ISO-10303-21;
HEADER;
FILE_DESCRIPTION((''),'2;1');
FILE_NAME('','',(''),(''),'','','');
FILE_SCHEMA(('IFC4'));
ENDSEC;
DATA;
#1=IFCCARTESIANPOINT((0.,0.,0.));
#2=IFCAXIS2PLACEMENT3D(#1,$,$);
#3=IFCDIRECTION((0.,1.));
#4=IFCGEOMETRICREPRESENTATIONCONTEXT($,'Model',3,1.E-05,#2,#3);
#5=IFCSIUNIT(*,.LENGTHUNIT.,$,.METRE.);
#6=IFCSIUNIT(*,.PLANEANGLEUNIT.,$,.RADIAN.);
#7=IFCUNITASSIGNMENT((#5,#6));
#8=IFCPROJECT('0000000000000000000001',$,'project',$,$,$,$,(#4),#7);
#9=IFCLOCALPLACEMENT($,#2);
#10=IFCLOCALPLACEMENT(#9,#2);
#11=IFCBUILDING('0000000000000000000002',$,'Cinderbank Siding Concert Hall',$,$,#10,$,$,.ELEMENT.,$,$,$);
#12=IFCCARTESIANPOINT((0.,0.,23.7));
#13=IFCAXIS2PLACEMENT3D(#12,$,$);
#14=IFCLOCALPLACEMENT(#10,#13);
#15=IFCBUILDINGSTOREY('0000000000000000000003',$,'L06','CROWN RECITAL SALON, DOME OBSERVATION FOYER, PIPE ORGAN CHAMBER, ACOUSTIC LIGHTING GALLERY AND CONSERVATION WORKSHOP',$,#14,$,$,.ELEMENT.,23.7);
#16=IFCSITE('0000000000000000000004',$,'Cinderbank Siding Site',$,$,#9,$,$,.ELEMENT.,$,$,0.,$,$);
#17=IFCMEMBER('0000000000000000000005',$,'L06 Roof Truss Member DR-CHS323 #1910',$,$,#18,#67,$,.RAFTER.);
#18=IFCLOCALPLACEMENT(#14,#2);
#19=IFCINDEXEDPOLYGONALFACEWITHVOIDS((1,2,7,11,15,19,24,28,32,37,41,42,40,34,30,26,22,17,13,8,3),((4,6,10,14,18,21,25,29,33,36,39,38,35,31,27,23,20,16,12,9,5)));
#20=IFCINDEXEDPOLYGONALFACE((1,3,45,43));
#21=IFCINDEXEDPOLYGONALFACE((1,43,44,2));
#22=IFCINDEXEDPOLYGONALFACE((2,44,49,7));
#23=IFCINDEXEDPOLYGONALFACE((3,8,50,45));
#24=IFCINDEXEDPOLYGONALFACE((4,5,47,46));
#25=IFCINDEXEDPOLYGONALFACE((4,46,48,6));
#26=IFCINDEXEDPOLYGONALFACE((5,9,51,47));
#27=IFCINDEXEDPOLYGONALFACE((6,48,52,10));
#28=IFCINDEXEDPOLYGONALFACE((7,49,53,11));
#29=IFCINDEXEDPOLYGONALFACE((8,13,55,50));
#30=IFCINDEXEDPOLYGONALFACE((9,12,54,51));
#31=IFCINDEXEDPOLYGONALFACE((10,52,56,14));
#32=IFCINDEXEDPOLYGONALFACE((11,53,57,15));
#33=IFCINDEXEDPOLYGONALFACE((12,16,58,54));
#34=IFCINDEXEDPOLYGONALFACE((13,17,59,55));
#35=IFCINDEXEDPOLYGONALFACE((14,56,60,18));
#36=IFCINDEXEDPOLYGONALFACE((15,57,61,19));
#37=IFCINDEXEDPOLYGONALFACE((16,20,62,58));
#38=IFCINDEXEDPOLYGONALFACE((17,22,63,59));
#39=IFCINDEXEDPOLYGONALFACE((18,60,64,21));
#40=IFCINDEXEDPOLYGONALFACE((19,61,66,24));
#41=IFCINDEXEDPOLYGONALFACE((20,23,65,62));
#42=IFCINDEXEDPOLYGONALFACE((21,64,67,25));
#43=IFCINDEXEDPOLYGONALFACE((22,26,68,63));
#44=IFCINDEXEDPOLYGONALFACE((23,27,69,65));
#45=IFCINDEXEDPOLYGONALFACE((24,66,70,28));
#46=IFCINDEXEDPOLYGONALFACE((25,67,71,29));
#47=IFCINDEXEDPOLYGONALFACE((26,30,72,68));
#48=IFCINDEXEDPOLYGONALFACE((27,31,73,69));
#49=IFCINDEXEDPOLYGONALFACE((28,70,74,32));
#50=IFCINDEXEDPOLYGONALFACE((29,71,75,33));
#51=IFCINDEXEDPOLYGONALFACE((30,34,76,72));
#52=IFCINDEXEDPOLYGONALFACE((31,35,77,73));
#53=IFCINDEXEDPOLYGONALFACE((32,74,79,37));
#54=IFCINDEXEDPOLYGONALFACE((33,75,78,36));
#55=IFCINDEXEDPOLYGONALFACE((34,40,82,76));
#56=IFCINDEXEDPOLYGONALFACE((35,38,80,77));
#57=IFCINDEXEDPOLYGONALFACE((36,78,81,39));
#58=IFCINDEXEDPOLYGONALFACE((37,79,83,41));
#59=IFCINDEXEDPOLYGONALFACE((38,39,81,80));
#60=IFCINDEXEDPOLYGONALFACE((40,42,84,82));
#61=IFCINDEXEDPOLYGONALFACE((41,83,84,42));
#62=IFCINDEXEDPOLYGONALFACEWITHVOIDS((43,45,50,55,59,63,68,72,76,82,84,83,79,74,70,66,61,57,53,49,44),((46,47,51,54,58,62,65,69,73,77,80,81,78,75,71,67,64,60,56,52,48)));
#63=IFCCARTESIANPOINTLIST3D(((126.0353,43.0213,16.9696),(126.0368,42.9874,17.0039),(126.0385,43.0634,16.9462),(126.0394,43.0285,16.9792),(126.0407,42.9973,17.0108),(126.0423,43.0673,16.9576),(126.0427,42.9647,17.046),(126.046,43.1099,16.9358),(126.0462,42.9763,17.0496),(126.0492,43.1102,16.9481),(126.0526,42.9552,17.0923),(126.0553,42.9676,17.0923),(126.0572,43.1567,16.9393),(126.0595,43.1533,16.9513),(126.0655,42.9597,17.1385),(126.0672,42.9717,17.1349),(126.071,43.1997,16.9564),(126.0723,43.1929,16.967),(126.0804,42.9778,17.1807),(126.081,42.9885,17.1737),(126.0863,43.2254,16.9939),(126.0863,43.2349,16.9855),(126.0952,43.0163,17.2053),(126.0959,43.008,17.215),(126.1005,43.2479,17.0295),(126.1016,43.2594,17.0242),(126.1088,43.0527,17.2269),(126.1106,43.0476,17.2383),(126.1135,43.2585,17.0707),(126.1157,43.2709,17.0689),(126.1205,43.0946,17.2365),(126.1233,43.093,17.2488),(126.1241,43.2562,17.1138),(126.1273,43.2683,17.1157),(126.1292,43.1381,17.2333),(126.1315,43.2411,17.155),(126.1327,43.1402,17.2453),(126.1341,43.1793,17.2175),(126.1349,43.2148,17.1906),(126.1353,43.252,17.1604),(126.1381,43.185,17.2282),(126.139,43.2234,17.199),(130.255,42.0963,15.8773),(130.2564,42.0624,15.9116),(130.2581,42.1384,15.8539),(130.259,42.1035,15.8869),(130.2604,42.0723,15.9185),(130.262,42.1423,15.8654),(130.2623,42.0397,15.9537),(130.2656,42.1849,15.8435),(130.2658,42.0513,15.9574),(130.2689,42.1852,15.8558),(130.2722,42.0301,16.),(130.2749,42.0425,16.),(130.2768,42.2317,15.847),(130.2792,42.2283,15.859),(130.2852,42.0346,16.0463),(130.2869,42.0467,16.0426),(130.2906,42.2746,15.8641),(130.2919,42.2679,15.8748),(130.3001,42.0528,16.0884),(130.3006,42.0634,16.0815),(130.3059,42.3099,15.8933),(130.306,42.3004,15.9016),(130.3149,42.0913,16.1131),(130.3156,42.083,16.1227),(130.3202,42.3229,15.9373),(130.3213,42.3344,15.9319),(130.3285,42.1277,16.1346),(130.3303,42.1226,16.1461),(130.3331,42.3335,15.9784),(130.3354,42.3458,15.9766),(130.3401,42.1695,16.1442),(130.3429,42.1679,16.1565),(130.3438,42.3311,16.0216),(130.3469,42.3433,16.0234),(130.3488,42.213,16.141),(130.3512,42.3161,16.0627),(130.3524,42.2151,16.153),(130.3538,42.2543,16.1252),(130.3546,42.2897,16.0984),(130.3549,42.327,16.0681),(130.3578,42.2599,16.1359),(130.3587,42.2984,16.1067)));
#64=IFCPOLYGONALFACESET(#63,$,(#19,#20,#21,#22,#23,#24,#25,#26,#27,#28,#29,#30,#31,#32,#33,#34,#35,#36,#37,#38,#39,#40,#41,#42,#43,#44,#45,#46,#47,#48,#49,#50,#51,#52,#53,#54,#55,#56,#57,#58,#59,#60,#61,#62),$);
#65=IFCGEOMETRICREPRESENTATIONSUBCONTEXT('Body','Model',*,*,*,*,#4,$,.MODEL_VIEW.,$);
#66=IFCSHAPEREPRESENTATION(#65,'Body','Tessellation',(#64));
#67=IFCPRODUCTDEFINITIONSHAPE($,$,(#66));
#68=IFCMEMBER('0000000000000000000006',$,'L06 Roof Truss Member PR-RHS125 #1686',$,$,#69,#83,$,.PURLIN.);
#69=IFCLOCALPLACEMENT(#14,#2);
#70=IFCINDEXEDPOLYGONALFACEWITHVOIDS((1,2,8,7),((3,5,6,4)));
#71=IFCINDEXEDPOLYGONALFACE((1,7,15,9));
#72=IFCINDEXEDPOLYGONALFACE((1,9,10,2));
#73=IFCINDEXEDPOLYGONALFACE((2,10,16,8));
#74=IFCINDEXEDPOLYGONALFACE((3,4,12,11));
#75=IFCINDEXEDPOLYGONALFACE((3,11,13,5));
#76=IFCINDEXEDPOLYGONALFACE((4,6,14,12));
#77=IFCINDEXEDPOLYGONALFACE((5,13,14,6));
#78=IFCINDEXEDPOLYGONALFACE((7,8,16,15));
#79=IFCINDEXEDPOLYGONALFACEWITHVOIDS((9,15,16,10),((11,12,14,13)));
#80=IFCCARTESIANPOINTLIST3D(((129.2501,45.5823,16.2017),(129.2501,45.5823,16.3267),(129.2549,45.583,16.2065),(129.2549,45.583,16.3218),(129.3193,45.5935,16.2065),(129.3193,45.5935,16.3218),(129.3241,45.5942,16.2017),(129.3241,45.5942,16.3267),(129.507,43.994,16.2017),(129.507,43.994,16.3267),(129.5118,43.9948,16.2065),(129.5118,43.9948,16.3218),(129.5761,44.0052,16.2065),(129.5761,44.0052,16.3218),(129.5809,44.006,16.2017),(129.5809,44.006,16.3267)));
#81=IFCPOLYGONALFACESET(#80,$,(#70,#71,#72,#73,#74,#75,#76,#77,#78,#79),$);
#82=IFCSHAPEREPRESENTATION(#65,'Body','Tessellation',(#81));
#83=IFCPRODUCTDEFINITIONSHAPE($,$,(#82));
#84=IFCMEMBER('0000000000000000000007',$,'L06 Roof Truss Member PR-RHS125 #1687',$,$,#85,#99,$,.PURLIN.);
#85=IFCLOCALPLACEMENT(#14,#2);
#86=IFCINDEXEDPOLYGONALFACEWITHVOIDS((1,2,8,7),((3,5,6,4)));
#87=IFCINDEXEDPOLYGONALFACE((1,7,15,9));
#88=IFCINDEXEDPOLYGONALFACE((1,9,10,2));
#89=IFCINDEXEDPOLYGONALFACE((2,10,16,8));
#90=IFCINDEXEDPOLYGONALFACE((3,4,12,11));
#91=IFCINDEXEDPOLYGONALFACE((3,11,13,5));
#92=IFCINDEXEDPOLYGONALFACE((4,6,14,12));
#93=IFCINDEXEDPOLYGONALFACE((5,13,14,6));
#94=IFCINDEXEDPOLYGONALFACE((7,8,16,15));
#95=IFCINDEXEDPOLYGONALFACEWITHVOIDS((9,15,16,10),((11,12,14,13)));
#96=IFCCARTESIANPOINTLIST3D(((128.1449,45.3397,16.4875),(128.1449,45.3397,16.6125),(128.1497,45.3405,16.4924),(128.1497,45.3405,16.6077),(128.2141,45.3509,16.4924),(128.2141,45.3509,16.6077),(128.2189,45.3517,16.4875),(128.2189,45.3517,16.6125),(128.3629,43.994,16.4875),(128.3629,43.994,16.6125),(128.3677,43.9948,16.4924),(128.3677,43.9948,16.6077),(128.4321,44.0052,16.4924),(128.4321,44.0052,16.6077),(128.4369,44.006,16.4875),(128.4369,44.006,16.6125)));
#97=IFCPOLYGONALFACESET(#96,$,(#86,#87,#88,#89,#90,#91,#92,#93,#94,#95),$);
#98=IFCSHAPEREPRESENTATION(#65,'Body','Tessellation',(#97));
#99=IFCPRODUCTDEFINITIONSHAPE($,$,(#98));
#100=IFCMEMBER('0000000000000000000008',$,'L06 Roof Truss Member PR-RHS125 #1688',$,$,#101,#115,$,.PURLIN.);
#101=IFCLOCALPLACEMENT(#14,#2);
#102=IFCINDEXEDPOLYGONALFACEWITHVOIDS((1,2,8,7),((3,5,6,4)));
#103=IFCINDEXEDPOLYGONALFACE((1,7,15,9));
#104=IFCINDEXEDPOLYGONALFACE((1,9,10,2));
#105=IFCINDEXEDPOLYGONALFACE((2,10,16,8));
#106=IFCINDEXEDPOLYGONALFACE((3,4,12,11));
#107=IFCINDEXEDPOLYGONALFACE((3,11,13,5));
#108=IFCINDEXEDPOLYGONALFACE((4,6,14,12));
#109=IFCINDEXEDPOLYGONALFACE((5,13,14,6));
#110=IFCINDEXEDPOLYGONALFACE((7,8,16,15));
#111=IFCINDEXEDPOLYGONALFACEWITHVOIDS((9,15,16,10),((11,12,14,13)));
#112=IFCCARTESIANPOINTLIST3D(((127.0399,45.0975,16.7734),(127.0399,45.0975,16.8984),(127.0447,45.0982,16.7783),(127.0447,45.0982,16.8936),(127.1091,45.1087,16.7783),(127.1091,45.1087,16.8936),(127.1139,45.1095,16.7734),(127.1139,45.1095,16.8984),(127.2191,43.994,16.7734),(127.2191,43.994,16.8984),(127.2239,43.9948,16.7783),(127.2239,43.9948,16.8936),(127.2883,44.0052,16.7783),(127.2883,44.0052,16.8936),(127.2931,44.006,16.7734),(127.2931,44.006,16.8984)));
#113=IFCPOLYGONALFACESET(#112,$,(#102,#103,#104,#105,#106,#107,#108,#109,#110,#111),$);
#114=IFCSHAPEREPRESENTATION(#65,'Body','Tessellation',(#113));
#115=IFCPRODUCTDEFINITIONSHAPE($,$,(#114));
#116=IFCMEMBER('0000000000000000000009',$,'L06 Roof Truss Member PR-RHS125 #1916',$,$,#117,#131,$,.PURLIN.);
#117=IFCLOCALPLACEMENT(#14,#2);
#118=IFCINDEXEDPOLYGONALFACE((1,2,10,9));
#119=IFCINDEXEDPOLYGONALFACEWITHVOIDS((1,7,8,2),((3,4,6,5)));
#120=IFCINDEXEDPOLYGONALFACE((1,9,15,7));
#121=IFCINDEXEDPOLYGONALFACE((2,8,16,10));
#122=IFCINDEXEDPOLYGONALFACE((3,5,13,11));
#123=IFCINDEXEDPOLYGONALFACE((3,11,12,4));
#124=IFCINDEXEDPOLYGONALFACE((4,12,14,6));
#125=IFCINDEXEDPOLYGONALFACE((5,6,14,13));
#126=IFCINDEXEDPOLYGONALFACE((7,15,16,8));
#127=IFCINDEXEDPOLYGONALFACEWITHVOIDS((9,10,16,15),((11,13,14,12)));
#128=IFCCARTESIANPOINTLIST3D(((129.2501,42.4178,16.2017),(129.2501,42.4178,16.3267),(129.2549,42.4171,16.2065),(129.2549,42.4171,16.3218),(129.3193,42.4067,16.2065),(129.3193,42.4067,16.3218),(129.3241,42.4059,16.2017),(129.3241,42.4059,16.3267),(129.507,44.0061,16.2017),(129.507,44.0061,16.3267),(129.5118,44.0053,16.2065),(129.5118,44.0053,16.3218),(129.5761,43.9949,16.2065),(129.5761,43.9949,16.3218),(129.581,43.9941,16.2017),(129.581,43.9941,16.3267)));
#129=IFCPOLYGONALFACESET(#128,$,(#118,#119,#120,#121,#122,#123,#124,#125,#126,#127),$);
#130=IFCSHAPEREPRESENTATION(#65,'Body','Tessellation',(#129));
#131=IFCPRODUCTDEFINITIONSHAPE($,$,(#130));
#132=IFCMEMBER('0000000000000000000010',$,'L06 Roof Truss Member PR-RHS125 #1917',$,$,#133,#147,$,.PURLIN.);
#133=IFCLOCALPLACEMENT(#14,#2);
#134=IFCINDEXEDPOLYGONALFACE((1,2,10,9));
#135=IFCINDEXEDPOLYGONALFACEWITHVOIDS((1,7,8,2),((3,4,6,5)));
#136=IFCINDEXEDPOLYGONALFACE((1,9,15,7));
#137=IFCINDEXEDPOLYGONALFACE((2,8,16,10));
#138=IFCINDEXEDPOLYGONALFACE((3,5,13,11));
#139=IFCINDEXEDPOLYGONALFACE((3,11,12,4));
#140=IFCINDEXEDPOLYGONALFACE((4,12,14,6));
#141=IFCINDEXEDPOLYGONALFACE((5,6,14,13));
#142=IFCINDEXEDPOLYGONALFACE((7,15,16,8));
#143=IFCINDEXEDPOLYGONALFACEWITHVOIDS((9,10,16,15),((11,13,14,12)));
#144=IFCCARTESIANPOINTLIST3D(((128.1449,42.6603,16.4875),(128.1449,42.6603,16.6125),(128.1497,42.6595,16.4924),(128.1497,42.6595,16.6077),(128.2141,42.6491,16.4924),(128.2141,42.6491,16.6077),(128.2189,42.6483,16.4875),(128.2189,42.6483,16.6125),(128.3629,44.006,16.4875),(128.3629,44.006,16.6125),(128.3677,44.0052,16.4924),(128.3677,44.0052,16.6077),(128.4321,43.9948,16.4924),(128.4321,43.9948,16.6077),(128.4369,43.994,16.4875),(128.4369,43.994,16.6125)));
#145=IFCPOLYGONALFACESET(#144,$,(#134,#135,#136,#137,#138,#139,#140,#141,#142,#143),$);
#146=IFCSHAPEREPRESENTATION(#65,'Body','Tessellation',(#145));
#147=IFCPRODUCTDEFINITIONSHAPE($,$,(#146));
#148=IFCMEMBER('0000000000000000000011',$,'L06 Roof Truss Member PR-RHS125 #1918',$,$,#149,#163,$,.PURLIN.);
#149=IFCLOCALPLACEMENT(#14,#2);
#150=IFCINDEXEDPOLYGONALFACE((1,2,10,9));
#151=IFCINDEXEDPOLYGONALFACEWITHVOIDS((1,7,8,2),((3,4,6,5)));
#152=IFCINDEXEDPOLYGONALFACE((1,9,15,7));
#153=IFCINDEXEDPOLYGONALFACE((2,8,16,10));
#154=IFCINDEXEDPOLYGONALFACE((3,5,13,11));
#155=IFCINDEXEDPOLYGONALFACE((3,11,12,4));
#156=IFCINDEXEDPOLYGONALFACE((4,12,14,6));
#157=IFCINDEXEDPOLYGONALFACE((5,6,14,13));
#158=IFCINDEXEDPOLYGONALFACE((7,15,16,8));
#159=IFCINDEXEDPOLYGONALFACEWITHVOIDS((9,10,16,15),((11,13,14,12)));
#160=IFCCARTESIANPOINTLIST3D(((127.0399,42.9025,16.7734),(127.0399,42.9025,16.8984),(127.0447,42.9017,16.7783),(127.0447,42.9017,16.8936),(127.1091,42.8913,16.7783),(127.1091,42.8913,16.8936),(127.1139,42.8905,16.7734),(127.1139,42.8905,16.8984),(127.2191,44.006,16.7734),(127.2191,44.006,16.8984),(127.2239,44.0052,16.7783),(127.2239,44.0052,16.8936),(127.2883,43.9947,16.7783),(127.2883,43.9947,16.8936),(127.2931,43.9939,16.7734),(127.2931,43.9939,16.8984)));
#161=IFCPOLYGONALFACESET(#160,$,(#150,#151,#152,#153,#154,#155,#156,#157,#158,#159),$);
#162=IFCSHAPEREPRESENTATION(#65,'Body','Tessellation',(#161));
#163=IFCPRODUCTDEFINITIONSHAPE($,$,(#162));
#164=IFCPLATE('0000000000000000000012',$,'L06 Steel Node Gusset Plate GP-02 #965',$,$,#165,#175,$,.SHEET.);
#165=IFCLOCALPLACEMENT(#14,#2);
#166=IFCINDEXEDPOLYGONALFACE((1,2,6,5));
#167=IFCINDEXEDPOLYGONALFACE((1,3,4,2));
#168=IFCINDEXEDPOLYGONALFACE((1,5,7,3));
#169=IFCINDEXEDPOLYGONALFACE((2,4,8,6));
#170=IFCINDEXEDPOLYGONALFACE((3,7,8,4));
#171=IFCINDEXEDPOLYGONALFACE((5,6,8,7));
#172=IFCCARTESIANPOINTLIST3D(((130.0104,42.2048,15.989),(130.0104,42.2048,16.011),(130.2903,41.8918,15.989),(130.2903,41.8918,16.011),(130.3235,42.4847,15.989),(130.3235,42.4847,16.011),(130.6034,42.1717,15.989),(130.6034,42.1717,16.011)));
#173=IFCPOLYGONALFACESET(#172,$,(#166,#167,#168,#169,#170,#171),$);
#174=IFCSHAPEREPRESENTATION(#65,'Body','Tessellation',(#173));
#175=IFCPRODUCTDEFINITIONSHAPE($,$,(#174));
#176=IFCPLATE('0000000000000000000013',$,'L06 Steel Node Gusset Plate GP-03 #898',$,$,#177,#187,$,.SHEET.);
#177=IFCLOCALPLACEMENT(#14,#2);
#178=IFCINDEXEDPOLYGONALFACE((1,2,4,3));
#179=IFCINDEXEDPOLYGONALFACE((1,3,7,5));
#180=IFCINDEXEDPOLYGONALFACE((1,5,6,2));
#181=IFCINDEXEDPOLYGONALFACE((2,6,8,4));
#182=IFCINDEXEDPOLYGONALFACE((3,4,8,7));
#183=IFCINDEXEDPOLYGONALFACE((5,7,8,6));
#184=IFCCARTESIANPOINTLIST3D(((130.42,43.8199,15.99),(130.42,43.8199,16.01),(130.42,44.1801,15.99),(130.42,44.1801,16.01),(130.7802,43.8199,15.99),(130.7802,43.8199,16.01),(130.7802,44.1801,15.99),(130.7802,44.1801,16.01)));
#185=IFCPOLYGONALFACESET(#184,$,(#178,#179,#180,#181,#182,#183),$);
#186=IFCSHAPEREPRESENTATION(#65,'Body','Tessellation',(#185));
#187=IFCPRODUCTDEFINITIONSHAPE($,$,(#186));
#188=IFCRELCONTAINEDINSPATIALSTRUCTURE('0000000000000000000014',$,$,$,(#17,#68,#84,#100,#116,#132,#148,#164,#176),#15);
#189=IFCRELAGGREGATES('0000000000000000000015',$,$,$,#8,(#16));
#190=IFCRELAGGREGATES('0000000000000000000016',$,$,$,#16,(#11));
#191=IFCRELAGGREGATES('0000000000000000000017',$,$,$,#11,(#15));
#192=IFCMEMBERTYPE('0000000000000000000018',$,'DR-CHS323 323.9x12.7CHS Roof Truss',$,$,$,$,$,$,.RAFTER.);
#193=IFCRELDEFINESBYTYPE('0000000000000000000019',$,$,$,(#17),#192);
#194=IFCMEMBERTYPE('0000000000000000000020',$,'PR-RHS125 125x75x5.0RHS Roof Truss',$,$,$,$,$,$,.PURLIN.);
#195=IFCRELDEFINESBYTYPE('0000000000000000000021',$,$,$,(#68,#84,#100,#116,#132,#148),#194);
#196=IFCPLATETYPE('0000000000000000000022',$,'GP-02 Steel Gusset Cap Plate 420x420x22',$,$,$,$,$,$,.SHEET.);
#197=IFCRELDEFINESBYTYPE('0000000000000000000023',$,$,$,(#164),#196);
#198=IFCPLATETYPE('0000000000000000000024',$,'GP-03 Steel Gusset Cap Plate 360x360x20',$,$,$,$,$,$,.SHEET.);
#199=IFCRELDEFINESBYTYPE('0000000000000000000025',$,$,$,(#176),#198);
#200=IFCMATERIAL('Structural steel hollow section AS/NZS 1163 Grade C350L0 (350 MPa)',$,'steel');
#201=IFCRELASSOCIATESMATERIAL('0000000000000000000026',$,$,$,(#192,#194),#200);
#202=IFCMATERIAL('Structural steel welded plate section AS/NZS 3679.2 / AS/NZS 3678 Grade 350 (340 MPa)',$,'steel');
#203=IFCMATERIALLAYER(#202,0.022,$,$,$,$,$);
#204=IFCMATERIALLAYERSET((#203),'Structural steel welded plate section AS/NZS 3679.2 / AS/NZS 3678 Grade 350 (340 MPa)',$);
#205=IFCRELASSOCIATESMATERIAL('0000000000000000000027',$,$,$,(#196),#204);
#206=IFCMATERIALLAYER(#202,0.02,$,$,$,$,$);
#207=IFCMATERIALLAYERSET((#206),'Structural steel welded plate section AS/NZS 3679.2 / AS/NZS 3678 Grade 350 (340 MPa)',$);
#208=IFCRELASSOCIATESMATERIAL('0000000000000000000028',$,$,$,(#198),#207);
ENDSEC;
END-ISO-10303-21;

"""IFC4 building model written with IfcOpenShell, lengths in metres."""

from ifc_helpers import new_model, si_unit, direction, frame, origin, origin_2d, place, context, subcontext, project, spatial, rectangle, hollow_rectangle, hollow_circle, extrude, material, layer, layer_set, material_profile, profile_set, type_object, element, save


model = new_model("IFC4")

# Units and contexts
model_context = context("Model", 3, precision=1e-05, world=origin(), true_north=direction((0.0, 1.0)))
body_context = subcontext(model_context, "Body", "Model", "MODEL_VIEW")
ifc_project = project(units=[si_unit("LENGTHUNIT", "METRE"), si_unit("PLANEANGLEUNIT", "RADIAN")], contexts=[model_context])

# Site, building, storey
site_placement = place(None, origin())
site = spatial("IfcSite", under=ifc_project, at=site_placement, Name="Cinderbank Siding Site", CompositionType="ELEMENT", RefElevation=0.0)
building_placement = place(site_placement, origin())
building = spatial("IfcBuilding", under=site, at=building_placement, Name="Cinderbank Siding Concert Hall", CompositionType="ELEMENT")
storey_placement = place(building_placement, frame((0.0, 0.0, 23.7)))
storey = spatial("IfcBuildingStorey", under=building, at=storey_placement, Name="L06", Description="CROWN RECITAL SALON, DOME OBSERVATION FOYER, PIPE ORGAN CHAMBER, ACOUSTIC LIGHTING GALLERY AND CONSERVATION WORKSHOP", CompositionType="ELEMENT", Elevation=23.7)

# Members
ifc_material_1 = material(Name="Structural steel hollow section AS/NZS 1163 Grade C350L0 (350 MPa)", Category="steel")
ifc_material_profile_1 = material_profile(ifc_material_1, hollow_circle(Radius=0.1619, WallThickness=0.0127, at=origin_2d()), Name="323.9x12.7CHS", Category="LoadBearing")
ifc_profile_set_1 = profile_set([ifc_material_profile_1], Name="Structural steel hollow section AS/NZS 1163 Grade C350L0 (350 MPa)")
member_type_1 = type_object("IfcMemberType", Name="DR-CHS323 323.9x12.7CHS Roof Truss", PredefinedType="RAFTER", material=ifc_profile_set_1)
member_1_placement = place(storey_placement, frame((130.3069, 42.1882, 16.0), z_axis=(-0.947001, 0.207602, 0.245133), x_axis=(-0.214135, -0.976804, 0.0)))
element("IfcMember", 1, at=member_1_placement, inside=storey, type_object=member_type_1, Name="L06 Roof Truss Member DR-CHS323 #1910", PredefinedType="RAFTER", context=body_context, shape_type="SweptSolid", body=[
    extrude(hollow_circle(Radius=0.1619, WallThickness=0.0127, at=origin_2d()), origin(), (0.0, 0.0, 1.0), 4.4558),
])
ifc_material_profile_2 = material_profile(ifc_material_1, hollow_rectangle(XDim=0.075, YDim=0.125, WallThickness=0.0049, at=origin_2d()), Name="125x75x5.0RHS", Category="LoadBearing")
ifc_profile_set_2 = profile_set([ifc_material_profile_2], Name="Structural steel hollow section AS/NZS 1163 Grade C350L0 (350 MPa)")
member_type_2 = type_object("IfcMemberType", Name="PR-RHS125 125x75x5.0RHS Roof Truss", PredefinedType="PURLIN", material=ifc_profile_set_2)
member_2_placement = place(storey_placement, frame((129.5439, 44.0, 16.2642), z_axis=(-0.159648, 0.987174, 0.0), x_axis=(-0.987174, -0.159648, 0.0)))
element("IfcMember", 2, at=member_2_placement, inside=storey, type_object=member_type_2, Name="L06 Roof Truss Member PR-RHS125 #1686", PredefinedType="PURLIN", context=body_context, shape_type="SweptSolid", body=[
    extrude(hollow_rectangle(XDim=0.075, YDim=0.125, WallThickness=0.0049, at=origin_2d()), origin(), (0.0, 0.0, 1.0), 1.6089),
])
member_3_placement = place(storey_placement, frame((128.3999, 44.0, 16.55), z_axis=(-0.159925, 0.987129, 0.0), x_axis=(-0.987129, -0.159925, 0.0)))
element("IfcMember", 3, at=member_3_placement, inside=storey, type_object=member_type_2, Name="L06 Roof Truss Member PR-RHS125 #1687", PredefinedType="PURLIN", context=body_context, shape_type="SweptSolid", body=[
    extrude(hollow_rectangle(XDim=0.075, YDim=0.125, WallThickness=0.0049, at=origin_2d()), origin(), (0.0, 0.0, 1.0), 1.3633),
])
member_4_placement = place(storey_placement, frame((127.2561, 44.0, 16.8359), z_axis=(-0.16029, 0.98707, 0.0), x_axis=(-0.98707, -0.16029, 0.0)))
element("IfcMember", 4, at=member_4_placement, inside=storey, type_object=member_type_2, Name="L06 Roof Truss Member PR-RHS125 #1688", PredefinedType="PURLIN", context=body_context, shape_type="SweptSolid", body=[
    extrude(hollow_rectangle(XDim=0.075, YDim=0.125, WallThickness=0.0049, at=origin_2d()), origin(), (0.0, 0.0, 1.0), 1.1179),
])
member_5_placement = place(storey_placement, frame((129.2871, 42.4119, 16.2642), z_axis=(0.159648, 0.987174, 0.0), x_axis=(-0.987174, 0.159648, 0.0)))
element("IfcMember", 5, at=member_5_placement, inside=storey, type_object=member_type_2, Name="L06 Roof Truss Member PR-RHS125 #1916", PredefinedType="PURLIN", context=body_context, shape_type="SweptSolid", body=[
    extrude(hollow_rectangle(XDim=0.075, YDim=0.125, WallThickness=0.0049, at=origin_2d()), origin(), (0.0, 0.0, 1.0), 1.6089),
])
member_6_placement = place(storey_placement, frame((128.1819, 42.6543, 16.55), z_axis=(0.159925, 0.987129, 0.0), x_axis=(-0.987129, 0.159925, 0.0)))
element("IfcMember", 6, at=member_6_placement, inside=storey, type_object=member_type_2, Name="L06 Roof Truss Member PR-RHS125 #1917", PredefinedType="PURLIN", context=body_context, shape_type="SweptSolid", body=[
    extrude(hollow_rectangle(XDim=0.075, YDim=0.125, WallThickness=0.0049, at=origin_2d()), origin(), (0.0, 0.0, 1.0), 1.3633),
])
member_7_placement = place(storey_placement, frame((127.0769, 42.8965, 16.8359), z_axis=(0.16029, 0.98707, 0.0), x_axis=(-0.98707, 0.16029, 0.0)))
element("IfcMember", 7, at=member_7_placement, inside=storey, type_object=member_type_2, Name="L06 Roof Truss Member PR-RHS125 #1918", PredefinedType="PURLIN", context=body_context, shape_type="SweptSolid", body=[
    extrude(hollow_rectangle(XDim=0.075, YDim=0.125, WallThickness=0.0049, at=origin_2d()), origin(), (0.0, 0.0, 1.0), 1.1179),
])

# Plates
ifc_material_2 = material(Name="Structural steel welded plate section AS/NZS 3679.2 / AS/NZS 3678 Grade 350 (340 MPa)", Category="steel")
ifc_layer_1 = layer(ifc_material_2, 0.022)
ifc_layer_set_1 = layer_set([ifc_layer_1], Name="Structural steel welded plate section AS/NZS 3679.2 / AS/NZS 3678 Grade 350 (340 MPa)")
plate_type_1 = type_object("IfcPlateType", Name="GP-02 Steel Gusset Cap Plate 420x420x22", PredefinedType="SHEET", material=ifc_layer_set_1)
plate_placement = place(storey_placement, frame((130.3069, 42.1882, 15.989), z_axis=(0.0, 0.0, 1.0), x_axis=(-0.666532, 0.745476, 0.0)))
element("IfcPlate", 8, at=plate_placement, inside=storey, type_object=plate_type_1, Name="L06 Steel Node Gusset Plate GP-02 #965", PredefinedType="SHEET", context=body_context, shape_type="SweptSolid", body=[
    extrude(rectangle(XDim=0.4199, YDim=0.4199, at=origin_2d()), origin(), (0.0, 0.0, 1.0), 0.022),
])
ifc_layer_2 = layer(ifc_material_2, 0.02)
ifc_layer_set_2 = layer_set([ifc_layer_2], Name="Structural steel welded plate section AS/NZS 3679.2 / AS/NZS 3678 Grade 350 (340 MPa)")
plate_type_2 = type_object("IfcPlateType", Name="GP-03 Steel Gusset Cap Plate 360x360x20", PredefinedType="SHEET", material=ifc_layer_set_2)
for number, where, z_axis, x_axis, name in (
    (9, (130.6001, 44.0, 15.99), (0.0, 0.0, 1.0), (-1.0, 0.0, 0.0), "L06 Steel Node Gusset Plate GP-03 #898"),
):
    element("IfcPlate", number, at=place(storey_placement, frame(where, z_axis=z_axis, x_axis=x_axis)), inside=storey, type_object=plate_type_2, Name=name, PredefinedType="SHEET", context=body_context, shape_type="SweptSolid", body=[
        extrude(rectangle(XDim=0.3601, YDim=0.3601, at=origin_2d()), origin(), (0.0, 0.0, 1.0), 0.02),
    ])

save(model, "model.ifc")
